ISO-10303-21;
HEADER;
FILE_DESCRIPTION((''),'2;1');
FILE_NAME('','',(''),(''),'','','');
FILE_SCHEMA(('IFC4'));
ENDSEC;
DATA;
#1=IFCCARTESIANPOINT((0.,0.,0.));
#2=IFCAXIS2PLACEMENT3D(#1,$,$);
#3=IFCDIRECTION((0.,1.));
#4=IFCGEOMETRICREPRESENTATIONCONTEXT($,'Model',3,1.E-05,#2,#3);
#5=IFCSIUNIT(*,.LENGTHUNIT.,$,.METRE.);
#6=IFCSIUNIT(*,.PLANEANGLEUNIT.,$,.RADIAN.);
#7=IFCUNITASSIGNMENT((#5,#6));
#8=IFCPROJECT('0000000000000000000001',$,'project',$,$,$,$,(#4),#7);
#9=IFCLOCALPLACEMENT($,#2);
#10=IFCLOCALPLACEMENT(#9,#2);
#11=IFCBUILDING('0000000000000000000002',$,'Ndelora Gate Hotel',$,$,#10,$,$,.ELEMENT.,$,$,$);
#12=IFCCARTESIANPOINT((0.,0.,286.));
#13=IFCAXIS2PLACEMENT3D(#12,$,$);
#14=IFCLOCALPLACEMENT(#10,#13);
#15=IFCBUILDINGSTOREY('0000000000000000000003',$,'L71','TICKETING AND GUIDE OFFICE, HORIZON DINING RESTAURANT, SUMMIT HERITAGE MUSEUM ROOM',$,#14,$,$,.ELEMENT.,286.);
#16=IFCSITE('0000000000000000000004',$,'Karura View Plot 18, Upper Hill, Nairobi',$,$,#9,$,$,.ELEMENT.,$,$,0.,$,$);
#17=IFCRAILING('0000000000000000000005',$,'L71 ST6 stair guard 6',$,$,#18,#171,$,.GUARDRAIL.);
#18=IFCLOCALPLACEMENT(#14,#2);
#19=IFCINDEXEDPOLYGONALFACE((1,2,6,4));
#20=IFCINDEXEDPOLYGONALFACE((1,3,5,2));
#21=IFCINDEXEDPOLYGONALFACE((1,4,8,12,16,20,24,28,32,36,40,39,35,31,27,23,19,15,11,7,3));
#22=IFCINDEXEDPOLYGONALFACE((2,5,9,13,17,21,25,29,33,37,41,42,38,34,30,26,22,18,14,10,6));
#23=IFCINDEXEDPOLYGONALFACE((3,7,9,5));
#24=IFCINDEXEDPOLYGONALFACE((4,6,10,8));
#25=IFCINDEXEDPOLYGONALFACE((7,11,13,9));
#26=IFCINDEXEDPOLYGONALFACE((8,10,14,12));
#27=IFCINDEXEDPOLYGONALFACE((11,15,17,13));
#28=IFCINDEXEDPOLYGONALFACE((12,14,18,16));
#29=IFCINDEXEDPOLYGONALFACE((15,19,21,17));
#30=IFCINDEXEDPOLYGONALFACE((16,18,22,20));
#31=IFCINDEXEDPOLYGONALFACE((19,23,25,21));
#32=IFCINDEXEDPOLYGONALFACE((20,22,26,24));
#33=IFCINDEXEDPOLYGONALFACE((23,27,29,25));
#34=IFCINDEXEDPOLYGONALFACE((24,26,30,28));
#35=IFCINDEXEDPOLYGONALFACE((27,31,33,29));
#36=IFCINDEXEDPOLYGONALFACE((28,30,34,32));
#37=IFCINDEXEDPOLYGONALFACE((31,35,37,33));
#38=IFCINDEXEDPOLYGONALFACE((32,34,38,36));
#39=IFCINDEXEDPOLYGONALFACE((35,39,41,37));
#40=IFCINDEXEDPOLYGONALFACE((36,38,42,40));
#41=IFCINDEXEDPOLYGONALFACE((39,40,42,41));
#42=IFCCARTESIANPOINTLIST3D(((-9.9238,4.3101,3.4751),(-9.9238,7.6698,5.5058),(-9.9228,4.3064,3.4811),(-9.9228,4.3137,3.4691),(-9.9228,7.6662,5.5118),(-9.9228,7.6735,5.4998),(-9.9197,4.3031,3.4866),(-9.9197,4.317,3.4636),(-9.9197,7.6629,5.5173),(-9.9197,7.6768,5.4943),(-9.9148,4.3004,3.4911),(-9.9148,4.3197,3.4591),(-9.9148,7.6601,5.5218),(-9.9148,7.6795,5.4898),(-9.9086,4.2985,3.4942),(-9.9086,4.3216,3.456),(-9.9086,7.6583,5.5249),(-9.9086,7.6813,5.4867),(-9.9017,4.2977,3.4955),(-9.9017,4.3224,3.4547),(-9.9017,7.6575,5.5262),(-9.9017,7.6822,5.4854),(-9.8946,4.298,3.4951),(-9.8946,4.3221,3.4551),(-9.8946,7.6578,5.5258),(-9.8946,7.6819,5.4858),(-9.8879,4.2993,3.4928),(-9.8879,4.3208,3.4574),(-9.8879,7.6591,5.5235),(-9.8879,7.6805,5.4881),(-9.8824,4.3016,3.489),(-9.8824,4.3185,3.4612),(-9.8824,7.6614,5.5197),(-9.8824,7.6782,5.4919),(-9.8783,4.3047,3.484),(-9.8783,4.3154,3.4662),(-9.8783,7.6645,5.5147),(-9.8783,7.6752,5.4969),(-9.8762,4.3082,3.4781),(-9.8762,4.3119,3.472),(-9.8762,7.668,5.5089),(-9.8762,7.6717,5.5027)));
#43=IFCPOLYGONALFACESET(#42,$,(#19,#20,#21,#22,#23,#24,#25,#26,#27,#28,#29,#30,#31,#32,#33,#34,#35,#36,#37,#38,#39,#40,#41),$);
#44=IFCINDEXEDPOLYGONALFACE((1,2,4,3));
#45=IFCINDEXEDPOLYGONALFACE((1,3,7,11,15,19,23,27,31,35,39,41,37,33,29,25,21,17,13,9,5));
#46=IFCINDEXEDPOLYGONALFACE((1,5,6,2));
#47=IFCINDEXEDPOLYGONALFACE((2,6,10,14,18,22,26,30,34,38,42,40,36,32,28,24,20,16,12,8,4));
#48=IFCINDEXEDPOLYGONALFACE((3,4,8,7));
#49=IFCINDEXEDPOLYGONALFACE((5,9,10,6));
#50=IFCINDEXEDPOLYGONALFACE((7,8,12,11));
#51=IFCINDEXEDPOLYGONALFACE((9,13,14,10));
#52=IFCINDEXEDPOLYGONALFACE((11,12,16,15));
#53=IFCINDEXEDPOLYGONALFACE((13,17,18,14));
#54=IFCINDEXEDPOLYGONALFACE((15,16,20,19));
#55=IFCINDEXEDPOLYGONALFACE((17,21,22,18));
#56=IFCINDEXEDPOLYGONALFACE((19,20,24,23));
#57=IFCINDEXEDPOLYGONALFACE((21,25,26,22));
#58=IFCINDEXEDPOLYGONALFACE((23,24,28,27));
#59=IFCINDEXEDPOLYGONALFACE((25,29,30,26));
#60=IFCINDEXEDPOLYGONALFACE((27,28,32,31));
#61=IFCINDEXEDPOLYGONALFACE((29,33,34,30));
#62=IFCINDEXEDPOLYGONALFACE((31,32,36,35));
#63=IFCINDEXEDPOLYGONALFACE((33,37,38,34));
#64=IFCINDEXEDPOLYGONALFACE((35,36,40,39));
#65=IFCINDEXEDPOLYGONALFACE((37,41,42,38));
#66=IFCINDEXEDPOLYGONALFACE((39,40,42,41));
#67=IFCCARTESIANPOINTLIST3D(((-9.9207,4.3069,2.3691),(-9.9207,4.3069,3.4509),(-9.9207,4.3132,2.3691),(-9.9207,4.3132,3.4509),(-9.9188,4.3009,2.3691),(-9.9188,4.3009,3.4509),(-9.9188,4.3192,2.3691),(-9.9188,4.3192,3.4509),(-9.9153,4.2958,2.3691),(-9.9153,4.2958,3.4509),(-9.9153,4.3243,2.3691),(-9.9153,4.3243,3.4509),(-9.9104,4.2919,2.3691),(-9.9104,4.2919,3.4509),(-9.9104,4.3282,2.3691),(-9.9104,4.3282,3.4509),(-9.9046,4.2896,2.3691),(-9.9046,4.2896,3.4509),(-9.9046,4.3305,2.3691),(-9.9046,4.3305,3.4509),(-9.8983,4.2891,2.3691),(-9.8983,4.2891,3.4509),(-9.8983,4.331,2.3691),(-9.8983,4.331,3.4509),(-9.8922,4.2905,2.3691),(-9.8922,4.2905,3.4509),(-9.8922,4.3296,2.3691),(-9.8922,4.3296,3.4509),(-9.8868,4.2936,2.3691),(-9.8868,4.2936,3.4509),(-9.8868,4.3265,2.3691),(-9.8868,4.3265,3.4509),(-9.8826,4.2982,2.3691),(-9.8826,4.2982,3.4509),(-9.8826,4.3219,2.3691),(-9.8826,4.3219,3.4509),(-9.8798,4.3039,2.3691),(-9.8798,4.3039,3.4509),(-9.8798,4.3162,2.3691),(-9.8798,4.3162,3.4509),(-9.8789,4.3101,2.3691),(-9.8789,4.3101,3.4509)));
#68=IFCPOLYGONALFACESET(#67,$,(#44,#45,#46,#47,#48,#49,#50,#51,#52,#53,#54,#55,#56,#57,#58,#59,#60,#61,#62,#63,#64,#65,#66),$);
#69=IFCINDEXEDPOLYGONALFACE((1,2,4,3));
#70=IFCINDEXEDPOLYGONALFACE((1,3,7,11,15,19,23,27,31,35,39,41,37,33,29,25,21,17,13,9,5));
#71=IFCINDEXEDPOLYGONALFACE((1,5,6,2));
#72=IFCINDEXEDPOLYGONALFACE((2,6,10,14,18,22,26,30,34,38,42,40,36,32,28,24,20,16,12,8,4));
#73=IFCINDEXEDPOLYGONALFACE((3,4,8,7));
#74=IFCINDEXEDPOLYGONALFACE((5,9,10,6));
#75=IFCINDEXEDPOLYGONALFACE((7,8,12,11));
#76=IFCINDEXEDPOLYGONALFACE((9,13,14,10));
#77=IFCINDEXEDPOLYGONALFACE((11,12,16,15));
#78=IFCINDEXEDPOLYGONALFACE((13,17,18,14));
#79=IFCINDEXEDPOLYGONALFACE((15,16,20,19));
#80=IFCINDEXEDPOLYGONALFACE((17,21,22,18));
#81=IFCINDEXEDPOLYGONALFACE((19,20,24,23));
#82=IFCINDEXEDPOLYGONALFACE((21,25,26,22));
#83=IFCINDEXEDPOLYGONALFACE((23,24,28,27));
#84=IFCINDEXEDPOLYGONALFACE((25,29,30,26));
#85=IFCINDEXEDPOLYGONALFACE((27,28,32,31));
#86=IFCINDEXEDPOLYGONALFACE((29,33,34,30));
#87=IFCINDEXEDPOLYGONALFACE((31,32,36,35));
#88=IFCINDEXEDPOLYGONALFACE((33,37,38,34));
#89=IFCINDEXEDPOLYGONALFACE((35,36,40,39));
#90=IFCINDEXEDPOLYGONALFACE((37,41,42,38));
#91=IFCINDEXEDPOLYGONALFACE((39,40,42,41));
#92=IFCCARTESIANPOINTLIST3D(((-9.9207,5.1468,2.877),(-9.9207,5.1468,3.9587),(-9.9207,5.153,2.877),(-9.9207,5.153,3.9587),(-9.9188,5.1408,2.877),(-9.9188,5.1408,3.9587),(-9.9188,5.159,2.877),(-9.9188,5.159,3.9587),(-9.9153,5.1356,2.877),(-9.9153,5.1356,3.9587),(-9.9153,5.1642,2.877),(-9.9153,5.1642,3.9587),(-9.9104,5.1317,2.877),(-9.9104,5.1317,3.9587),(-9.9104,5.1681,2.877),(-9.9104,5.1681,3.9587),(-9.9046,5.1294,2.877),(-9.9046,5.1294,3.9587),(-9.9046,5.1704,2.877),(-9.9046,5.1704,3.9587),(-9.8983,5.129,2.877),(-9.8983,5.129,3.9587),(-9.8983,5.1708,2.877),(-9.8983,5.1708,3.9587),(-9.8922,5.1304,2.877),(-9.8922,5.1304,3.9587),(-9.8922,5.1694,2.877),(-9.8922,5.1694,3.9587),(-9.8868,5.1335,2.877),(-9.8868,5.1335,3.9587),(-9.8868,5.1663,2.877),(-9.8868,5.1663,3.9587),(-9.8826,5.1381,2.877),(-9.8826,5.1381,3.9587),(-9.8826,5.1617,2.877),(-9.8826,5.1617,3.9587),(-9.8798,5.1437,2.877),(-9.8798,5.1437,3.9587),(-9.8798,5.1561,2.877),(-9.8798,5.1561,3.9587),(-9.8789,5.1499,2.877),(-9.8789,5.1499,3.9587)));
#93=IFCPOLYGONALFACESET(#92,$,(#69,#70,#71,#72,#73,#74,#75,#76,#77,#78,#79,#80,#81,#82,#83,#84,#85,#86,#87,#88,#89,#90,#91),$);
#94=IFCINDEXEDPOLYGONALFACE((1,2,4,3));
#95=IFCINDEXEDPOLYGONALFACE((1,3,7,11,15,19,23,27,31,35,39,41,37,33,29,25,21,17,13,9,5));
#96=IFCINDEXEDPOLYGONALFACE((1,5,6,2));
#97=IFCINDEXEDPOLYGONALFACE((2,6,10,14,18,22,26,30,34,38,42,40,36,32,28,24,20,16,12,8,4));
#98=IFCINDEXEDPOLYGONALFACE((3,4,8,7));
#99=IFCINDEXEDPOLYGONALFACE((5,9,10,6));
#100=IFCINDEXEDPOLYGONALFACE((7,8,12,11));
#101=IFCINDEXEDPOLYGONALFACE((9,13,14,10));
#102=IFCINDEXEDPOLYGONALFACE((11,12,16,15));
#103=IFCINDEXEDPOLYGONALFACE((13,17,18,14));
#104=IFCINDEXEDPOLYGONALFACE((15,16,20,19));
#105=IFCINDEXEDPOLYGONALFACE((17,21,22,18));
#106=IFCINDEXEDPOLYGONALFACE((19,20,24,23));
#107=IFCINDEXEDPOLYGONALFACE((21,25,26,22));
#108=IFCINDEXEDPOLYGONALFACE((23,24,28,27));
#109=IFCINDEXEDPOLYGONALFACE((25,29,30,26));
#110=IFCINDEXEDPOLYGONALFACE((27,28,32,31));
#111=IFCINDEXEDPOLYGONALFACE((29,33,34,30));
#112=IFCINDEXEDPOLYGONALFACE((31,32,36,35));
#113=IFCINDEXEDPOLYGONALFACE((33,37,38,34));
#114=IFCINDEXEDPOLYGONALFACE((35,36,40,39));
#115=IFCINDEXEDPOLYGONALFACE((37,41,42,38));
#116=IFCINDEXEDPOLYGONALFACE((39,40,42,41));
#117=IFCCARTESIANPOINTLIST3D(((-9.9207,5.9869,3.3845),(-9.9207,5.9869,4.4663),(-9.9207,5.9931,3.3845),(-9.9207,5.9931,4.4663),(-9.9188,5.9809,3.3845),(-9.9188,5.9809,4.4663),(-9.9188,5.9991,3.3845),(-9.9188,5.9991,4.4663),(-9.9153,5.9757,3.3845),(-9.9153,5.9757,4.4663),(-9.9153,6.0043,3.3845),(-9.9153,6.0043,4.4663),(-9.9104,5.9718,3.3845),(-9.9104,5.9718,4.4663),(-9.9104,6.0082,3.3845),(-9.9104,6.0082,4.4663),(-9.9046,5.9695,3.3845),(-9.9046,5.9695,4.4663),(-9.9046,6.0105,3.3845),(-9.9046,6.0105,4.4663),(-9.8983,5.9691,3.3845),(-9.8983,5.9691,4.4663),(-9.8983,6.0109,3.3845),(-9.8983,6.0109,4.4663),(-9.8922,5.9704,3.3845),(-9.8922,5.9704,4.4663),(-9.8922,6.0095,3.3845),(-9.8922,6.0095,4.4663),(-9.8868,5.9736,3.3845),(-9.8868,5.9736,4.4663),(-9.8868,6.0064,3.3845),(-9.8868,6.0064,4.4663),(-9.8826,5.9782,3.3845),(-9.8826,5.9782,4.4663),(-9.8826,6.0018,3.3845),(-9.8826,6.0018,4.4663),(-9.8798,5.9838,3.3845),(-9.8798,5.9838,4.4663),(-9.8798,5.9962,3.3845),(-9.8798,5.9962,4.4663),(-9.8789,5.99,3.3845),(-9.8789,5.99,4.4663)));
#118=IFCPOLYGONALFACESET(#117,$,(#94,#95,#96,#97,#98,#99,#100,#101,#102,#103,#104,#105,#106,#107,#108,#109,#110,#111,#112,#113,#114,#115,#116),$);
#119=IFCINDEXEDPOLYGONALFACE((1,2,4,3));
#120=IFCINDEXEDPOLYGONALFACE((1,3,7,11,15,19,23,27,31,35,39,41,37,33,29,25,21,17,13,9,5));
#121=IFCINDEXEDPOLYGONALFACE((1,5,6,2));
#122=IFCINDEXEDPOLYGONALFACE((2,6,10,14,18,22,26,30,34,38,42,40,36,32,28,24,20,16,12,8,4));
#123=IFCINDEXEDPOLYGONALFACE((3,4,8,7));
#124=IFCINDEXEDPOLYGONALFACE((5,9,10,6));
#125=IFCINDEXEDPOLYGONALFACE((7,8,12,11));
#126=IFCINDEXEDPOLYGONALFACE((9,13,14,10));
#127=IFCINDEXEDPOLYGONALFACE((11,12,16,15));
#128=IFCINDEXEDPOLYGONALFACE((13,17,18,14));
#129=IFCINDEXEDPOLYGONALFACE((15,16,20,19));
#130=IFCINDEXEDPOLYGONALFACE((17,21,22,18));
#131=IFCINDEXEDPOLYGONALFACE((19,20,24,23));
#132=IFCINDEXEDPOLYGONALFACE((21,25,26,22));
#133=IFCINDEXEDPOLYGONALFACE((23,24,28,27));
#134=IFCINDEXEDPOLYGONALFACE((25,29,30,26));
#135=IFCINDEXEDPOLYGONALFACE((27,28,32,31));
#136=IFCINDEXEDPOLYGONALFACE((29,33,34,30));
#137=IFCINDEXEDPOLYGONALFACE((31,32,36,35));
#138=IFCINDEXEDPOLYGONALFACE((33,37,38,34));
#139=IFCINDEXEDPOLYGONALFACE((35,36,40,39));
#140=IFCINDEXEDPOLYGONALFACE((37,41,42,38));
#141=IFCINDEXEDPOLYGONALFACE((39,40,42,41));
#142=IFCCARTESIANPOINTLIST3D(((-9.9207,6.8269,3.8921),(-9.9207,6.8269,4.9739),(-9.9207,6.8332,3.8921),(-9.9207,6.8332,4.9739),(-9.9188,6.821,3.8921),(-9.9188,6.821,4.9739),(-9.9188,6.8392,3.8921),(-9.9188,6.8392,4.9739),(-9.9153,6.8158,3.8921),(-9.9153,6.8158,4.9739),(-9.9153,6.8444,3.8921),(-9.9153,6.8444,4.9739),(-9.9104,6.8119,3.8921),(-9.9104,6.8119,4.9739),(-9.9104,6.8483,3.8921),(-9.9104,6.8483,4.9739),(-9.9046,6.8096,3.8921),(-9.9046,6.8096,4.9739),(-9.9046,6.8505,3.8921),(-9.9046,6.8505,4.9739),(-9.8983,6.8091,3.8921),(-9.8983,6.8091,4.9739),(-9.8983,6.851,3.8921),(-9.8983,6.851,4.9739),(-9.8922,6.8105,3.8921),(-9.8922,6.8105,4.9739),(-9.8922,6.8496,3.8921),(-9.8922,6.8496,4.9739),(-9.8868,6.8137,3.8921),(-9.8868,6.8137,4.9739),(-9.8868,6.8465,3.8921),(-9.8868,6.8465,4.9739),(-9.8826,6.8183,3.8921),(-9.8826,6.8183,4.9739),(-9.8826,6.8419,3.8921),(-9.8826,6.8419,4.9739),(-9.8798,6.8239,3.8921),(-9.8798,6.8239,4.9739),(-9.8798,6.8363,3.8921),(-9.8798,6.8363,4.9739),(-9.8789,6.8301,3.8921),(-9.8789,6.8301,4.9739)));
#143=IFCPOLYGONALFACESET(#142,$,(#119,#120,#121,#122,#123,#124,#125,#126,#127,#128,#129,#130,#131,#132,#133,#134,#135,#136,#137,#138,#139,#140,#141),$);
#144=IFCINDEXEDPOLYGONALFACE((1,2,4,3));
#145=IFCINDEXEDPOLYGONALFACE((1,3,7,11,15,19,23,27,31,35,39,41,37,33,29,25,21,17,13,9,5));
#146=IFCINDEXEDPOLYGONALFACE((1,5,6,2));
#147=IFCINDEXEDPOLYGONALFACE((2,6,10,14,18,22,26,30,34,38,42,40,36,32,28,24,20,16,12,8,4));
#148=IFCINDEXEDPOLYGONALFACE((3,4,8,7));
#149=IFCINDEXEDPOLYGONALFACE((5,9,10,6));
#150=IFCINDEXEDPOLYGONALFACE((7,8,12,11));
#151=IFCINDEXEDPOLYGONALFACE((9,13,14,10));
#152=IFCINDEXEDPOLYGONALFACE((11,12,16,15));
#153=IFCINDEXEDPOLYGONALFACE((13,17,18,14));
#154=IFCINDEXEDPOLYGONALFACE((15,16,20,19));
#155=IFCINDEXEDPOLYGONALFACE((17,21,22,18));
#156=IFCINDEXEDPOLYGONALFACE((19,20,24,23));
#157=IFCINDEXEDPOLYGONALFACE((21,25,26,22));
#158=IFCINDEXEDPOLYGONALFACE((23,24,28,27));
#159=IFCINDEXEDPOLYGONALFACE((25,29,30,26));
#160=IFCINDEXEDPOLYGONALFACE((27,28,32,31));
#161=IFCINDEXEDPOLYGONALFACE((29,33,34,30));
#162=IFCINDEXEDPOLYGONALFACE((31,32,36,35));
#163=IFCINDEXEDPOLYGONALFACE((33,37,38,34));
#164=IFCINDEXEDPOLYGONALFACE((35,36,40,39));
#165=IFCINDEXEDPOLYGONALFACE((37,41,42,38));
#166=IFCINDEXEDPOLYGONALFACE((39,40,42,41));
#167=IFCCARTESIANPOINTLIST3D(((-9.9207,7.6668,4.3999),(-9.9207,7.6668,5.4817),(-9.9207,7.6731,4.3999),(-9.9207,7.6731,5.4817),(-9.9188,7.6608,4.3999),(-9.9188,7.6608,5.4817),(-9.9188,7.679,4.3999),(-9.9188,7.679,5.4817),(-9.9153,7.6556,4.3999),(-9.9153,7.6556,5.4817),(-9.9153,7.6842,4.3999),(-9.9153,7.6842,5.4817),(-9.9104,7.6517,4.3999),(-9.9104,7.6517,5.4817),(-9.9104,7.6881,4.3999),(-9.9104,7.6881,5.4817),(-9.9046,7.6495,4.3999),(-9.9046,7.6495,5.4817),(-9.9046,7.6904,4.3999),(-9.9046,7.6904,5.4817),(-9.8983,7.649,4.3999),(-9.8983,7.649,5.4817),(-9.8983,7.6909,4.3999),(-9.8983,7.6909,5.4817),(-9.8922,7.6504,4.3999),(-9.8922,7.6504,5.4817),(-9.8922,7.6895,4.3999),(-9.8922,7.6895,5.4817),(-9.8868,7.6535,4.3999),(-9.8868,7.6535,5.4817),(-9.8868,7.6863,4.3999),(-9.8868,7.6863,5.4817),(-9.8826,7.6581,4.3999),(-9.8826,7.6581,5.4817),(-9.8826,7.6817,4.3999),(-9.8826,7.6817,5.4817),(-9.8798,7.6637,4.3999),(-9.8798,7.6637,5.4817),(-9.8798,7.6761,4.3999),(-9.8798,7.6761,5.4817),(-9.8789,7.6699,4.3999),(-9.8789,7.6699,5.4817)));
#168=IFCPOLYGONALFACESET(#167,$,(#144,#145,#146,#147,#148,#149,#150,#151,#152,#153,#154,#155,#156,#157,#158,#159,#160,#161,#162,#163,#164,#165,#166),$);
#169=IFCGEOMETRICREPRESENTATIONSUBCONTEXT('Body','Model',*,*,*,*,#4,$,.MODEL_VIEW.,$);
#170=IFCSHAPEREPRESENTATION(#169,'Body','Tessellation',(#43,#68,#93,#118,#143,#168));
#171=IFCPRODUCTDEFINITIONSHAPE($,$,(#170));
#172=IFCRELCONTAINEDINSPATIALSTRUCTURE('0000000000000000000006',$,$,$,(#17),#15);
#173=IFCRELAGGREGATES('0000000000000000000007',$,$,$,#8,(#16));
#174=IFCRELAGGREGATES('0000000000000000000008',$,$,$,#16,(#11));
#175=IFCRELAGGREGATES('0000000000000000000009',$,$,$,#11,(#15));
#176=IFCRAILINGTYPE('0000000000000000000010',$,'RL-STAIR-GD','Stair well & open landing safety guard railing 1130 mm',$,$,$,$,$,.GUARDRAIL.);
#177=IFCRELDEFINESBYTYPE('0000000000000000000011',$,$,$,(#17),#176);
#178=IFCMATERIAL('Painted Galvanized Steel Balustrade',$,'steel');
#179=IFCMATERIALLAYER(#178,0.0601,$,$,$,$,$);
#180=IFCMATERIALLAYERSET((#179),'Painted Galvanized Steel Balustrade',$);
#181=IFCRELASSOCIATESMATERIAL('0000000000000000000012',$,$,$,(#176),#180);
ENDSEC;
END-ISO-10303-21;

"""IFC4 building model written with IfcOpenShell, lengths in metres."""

from ifc_helpers import new_model, si_unit, direction, frame, origin, origin_2d, place, context, subcontext, project, spatial, circle, extrude, material, layer, layer_set, type_object, element, save


model = new_model("IFC4")

# Units and contexts
model_context = context("Model", 3, precision=1e-05, world=origin(), true_north=direction((0.0, 1.0)))
body_context = subcontext(model_context, "Body", "Model", "MODEL_VIEW")
ifc_project = project(units=[si_unit("LENGTHUNIT", "METRE"), si_unit("PLANEANGLEUNIT", "RADIAN")], contexts=[model_context])

# Site, building, storey
site_placement = place(None, origin())
site = spatial("IfcSite", under=ifc_project, at=site_placement, Name="Karura View Plot 18, Upper Hill, Nairobi", CompositionType="ELEMENT", RefElevation=0.0)
building_placement = place(site_placement, origin())
building = spatial("IfcBuilding", under=site, at=building_placement, Name="Ndelora Gate Hotel", CompositionType="ELEMENT")
storey_placement = place(building_placement, frame((0.0, 0.0, 286.0)))
storey = spatial("IfcBuildingStorey", under=building, at=storey_placement, Name="L71", Description="TICKETING AND GUIDE OFFICE, HORIZON DINING RESTAURANT, SUMMIT HERITAGE MUSEUM ROOM", CompositionType="ELEMENT", Elevation=286.0)

# Railing
ifc_material_1 = material(Name="Painted Galvanized Steel Balustrade", Category="steel")
ifc_layer_1 = layer(ifc_material_1, 0.0601)
ifc_layer_set_1 = layer_set([ifc_layer_1], Name="Painted Galvanized Steel Balustrade")
railing_type_1 = type_object("IfcRailingType", Name="RL-STAIR-GD", Description="Stair well & open landing safety guard railing 1130 mm", PredefinedType="GUARDRAIL", material=ifc_layer_set_1)
railing_1_placement = place(storey_placement, frame((-9.8999, 4.3101, 2.3691)))
element("IfcRailing", 1, at=railing_1_placement, inside=storey, type_object=railing_type_1, Name="L71 ST6 stair guard 6", PredefinedType="GUARDRAIL", context=body_context, shape_type="SweptSolid", body=[
    extrude(circle(Radius=0.0239, at=origin_2d()), frame((0.0, 0.0, 1.106), z_axis=(0.0, 0.85582, 0.517273), x_axis=(-1.0, 0.0, 0.0)), (0.0, 0.0, 1.0), 3.9258),
    extrude(circle(Radius=0.021, at=origin_2d()), origin(), (0.0, 0.0, 1.0), 1.0818),
    extrude(circle(Radius=0.021, at=origin_2d()), frame((0.0, 0.8398, 0.5078)), (0.0, 0.0, 1.0), 1.0818),
    extrude(circle(Radius=0.021, at=origin_2d()), frame((0.0, 1.6799, 1.0154)), (0.0, 0.0, 1.0), 1.0818),
    extrude(circle(Radius=0.021, at=origin_2d()), frame((0.0, 2.52, 1.5229)), (0.0, 0.0, 1.0), 1.0818),
    extrude(circle(Radius=0.021, at=origin_2d()), frame((0.0, 3.3599, 2.0308)), (0.0, 0.0, 1.0), 1.0818),
])

save(model, "model.ifc")
